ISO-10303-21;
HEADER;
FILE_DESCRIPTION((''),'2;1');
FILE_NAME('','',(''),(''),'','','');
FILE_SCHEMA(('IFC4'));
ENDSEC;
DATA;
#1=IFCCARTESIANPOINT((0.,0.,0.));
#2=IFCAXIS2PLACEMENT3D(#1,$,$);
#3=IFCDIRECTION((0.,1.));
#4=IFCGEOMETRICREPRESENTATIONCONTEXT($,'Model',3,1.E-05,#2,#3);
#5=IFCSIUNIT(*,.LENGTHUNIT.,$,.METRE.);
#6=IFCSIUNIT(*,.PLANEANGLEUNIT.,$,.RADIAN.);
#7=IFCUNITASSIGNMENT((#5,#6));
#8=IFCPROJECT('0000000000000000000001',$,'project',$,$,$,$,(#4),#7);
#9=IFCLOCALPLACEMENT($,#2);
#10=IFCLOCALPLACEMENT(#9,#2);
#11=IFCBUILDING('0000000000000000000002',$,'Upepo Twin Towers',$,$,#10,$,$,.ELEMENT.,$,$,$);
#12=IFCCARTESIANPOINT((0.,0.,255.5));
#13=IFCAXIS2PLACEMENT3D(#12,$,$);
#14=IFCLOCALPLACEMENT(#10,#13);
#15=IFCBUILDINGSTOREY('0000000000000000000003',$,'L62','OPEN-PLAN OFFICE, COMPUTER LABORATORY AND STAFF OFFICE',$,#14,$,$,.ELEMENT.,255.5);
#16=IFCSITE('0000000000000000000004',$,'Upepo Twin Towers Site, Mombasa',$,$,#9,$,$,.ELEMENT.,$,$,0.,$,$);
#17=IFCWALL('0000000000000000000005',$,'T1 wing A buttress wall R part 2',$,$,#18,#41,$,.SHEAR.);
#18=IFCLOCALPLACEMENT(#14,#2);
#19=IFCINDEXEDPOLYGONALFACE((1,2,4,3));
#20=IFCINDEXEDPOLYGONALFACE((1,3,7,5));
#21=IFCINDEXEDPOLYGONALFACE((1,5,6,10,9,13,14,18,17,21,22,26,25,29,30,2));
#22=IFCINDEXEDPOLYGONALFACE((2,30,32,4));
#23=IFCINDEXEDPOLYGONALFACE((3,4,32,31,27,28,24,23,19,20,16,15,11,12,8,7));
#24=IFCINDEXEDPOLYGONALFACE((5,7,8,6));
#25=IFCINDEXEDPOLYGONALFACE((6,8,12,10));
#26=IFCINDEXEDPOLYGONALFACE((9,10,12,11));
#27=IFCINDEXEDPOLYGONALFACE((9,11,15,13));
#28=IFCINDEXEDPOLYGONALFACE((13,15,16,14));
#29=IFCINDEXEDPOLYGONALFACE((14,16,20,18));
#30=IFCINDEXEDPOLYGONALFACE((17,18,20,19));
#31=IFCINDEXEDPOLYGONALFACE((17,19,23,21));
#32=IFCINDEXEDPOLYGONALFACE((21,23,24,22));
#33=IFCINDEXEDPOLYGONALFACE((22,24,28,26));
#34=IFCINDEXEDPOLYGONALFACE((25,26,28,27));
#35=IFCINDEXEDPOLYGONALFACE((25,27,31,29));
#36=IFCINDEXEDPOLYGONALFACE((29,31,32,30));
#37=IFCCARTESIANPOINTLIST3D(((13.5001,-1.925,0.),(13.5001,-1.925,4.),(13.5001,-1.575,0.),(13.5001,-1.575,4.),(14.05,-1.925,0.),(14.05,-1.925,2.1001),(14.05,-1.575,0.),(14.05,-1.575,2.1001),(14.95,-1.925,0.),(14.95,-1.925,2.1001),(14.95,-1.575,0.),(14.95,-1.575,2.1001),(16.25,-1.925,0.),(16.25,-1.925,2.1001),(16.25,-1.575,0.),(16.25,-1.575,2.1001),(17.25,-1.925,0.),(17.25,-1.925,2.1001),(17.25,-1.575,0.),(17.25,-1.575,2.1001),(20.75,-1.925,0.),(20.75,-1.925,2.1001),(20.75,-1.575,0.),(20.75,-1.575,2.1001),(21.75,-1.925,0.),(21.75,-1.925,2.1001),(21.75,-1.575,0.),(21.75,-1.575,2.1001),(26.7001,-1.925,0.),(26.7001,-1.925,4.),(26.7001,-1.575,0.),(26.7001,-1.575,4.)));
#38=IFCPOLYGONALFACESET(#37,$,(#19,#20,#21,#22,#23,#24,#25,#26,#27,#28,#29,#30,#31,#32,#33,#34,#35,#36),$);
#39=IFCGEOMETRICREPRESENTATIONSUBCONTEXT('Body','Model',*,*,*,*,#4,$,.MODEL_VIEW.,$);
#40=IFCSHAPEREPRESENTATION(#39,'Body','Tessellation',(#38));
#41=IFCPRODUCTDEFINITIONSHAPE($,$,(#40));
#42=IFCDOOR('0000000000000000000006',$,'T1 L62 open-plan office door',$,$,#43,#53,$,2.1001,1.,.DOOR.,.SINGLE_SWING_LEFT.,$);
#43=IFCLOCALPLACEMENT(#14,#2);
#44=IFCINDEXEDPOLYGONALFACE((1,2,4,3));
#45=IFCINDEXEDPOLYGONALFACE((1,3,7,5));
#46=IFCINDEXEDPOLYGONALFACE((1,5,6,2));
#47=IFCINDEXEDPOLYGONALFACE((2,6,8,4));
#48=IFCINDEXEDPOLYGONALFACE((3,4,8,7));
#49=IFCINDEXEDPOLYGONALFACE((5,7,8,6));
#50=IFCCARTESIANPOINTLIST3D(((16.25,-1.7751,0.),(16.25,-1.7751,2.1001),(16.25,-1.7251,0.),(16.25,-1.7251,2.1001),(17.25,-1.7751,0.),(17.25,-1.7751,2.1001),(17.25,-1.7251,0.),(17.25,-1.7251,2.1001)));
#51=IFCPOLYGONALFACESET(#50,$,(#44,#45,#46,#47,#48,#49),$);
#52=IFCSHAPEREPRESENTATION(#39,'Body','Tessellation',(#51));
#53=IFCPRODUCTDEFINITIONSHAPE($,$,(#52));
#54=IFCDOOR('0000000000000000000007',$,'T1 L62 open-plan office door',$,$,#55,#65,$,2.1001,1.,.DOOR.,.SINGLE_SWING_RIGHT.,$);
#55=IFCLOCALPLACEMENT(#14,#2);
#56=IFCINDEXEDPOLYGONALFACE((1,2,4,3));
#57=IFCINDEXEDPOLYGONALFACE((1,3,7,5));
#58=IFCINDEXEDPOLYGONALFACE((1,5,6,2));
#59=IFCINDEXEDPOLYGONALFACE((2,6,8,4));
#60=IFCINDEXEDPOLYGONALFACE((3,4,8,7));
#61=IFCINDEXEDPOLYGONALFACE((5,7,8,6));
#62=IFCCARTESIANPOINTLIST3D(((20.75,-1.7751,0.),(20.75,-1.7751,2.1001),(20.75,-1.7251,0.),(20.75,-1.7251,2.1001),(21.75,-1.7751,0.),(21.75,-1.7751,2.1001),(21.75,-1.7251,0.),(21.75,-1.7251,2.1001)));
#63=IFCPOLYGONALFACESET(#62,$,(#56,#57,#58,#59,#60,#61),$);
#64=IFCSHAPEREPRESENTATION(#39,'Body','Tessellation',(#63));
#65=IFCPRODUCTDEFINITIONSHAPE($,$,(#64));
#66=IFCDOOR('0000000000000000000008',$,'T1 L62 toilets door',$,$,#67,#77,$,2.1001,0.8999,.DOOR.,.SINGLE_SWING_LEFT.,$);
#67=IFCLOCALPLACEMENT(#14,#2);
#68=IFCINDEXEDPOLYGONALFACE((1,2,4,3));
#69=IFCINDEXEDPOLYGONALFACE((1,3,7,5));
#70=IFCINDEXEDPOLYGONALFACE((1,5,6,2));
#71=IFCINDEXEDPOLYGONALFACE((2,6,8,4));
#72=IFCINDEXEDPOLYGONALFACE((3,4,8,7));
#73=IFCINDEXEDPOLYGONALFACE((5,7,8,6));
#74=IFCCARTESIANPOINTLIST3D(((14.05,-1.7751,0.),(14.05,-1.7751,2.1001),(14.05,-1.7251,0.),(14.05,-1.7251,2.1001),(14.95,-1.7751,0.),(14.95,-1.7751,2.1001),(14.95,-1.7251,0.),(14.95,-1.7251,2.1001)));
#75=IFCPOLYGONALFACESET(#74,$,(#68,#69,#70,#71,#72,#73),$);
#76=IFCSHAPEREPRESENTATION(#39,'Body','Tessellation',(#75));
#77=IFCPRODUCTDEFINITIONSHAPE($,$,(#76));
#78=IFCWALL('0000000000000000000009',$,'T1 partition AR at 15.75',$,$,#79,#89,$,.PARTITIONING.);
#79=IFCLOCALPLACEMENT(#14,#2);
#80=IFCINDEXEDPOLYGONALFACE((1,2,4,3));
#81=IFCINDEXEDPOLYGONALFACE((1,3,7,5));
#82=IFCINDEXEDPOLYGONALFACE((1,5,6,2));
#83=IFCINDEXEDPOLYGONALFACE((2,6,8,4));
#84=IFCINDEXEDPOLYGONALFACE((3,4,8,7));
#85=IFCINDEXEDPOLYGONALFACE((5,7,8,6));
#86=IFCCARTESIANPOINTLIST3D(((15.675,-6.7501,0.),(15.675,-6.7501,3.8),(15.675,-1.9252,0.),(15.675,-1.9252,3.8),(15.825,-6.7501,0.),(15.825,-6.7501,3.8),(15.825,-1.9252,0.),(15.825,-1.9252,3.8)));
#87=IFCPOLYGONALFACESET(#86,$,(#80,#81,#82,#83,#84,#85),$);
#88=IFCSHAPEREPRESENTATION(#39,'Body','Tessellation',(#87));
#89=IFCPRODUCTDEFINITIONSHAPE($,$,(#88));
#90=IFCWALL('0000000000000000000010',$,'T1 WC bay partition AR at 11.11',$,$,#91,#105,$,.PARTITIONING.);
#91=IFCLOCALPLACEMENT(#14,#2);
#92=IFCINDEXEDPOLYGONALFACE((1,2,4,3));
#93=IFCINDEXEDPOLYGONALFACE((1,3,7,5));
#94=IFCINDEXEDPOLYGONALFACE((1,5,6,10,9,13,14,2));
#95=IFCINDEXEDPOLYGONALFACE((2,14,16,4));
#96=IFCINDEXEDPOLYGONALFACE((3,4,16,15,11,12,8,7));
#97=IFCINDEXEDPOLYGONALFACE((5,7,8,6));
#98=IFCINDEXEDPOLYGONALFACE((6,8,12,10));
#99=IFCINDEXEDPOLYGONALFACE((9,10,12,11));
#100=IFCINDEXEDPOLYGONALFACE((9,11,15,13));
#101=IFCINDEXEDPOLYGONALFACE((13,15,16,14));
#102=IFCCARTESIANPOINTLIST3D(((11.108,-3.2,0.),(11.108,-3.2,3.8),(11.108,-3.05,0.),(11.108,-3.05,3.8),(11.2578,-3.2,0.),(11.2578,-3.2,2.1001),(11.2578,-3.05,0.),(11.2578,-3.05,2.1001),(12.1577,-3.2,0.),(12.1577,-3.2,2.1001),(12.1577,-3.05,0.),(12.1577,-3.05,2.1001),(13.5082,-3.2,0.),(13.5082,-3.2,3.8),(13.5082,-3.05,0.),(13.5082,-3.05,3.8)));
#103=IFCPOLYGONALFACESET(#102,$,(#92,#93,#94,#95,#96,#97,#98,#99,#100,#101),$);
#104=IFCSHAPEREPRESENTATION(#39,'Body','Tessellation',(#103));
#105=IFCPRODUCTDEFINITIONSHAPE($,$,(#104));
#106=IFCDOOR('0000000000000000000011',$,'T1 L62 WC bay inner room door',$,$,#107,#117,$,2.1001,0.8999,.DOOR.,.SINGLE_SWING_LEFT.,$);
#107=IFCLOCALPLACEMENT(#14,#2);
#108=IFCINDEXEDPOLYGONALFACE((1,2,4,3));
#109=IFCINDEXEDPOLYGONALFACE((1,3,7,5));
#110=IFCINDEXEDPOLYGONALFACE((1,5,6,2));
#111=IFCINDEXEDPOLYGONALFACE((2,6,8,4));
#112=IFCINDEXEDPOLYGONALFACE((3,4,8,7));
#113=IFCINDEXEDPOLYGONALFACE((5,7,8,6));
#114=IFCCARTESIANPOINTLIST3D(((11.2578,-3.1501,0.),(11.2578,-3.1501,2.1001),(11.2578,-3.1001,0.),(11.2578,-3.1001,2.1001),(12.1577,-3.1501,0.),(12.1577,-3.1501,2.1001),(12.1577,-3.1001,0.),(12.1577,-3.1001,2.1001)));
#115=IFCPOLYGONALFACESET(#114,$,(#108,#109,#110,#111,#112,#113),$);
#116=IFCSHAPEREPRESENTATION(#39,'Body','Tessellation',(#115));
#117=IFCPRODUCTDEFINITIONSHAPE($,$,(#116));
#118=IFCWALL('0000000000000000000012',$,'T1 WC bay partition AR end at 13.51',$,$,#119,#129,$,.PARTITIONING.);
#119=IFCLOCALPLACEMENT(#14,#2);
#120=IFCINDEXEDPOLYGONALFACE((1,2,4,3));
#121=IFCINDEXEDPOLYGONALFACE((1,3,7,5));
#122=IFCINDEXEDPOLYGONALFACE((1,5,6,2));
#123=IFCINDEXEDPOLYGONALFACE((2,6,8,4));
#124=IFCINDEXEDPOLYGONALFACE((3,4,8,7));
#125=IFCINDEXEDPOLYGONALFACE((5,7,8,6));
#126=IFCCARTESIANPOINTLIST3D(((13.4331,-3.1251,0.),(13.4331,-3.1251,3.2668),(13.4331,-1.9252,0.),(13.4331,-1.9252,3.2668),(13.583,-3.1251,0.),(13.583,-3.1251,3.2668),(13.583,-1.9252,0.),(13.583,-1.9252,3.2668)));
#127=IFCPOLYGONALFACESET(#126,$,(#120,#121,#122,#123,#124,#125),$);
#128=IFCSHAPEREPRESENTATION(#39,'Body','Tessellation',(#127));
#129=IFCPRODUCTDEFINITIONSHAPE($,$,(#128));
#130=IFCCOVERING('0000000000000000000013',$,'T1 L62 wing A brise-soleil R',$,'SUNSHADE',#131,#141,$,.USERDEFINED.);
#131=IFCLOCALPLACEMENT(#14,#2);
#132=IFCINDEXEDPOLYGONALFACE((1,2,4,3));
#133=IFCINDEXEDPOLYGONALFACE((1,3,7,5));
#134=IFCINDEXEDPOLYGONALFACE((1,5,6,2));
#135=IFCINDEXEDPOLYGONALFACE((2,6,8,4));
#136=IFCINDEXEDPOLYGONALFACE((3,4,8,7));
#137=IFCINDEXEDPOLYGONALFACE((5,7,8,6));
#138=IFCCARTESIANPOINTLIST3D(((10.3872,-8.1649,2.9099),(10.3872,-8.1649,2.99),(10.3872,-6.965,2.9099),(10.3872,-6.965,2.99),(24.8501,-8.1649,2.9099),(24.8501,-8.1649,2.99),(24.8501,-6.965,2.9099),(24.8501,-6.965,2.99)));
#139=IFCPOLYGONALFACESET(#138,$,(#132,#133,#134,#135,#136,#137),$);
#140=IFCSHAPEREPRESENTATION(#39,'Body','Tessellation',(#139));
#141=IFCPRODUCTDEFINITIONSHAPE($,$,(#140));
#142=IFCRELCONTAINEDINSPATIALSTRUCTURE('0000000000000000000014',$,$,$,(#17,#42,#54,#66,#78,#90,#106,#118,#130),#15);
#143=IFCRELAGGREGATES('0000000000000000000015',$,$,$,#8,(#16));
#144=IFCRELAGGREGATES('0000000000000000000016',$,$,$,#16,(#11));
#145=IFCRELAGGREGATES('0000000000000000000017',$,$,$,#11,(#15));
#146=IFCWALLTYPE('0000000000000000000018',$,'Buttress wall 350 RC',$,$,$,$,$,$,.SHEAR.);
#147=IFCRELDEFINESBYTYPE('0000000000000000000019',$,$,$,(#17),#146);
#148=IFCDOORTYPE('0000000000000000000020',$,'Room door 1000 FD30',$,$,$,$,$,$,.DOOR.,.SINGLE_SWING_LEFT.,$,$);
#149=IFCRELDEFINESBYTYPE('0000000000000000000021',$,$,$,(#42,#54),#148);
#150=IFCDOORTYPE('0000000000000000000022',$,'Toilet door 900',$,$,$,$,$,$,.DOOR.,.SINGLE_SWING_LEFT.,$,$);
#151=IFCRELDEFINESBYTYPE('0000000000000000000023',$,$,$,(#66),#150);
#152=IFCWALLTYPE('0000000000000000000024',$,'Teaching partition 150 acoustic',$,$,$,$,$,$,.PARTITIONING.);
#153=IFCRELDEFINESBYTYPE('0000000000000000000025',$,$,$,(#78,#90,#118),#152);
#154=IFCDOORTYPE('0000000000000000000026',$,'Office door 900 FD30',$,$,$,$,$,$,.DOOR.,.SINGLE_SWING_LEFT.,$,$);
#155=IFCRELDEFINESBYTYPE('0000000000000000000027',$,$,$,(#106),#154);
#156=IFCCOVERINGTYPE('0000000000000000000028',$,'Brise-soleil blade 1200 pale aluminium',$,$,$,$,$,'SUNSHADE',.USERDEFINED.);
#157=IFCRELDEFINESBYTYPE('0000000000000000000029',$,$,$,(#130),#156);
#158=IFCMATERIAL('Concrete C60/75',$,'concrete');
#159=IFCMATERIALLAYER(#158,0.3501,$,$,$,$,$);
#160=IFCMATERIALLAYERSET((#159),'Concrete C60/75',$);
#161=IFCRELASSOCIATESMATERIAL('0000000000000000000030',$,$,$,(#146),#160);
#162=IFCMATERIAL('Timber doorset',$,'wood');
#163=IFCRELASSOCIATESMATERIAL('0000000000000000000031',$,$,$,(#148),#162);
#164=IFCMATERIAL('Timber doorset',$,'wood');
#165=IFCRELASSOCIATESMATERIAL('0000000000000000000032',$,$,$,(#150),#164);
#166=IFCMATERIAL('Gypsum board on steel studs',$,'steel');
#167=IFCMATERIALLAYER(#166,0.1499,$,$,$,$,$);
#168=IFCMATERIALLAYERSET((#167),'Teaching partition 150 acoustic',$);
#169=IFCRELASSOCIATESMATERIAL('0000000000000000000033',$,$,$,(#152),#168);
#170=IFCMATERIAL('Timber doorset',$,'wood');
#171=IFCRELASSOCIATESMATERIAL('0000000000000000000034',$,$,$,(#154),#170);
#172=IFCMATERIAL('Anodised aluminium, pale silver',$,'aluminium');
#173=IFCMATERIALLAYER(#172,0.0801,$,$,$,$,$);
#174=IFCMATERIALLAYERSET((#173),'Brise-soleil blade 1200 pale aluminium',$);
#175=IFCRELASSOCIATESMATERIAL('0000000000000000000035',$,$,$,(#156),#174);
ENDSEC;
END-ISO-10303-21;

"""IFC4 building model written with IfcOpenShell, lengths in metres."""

from ifc_helpers import new_model, si_unit, direction, frame, frame_2d, origin, origin_2d, place, context, subcontext, project, spatial, rectangle, extrude, material, layer, layer_set, type_object, element, fill, save


model = new_model("IFC4")

# Units and contexts
model_context = context("Model", 3, precision=1e-05, world=origin(), true_north=direction((0.0, 1.0)))
body_context = subcontext(model_context, "Body", "Model", "MODEL_VIEW")
ifc_project = project(units=[si_unit("LENGTHUNIT", "METRE"), si_unit("PLANEANGLEUNIT", "RADIAN")], contexts=[model_context])

# Site, building, storey
site_placement = place(None, origin())
site = spatial("IfcSite", under=ifc_project, at=site_placement, Name="Upepo Twin Towers Site, Mombasa", CompositionType="ELEMENT", RefElevation=0.0)
building_placement = place(site_placement, origin())
building = spatial("IfcBuilding", under=site, at=building_placement, Name="Upepo Twin Towers", CompositionType="ELEMENT")
storey_placement = place(building_placement, frame((0.0, 0.0, 255.5)))
storey = spatial("IfcBuildingStorey", under=building, at=storey_placement, Name="L62", Description="OPEN-PLAN OFFICE, COMPUTER LABORATORY AND STAFF OFFICE", CompositionType="ELEMENT", Elevation=255.5)

# Shared definitions
ifc_material_1 = material(Name="Concrete C60/75", Category="concrete")
ifc_layer_1 = layer(ifc_material_1, 0.3501)
ifc_layer_set_1 = layer_set([ifc_layer_1], Name="Concrete C60/75")
wall_type_1 = type_object("IfcWallType", Name="Buttress wall 350 RC", PredefinedType="SHEAR", material=ifc_layer_set_1)

# Wall, openings, doors
wall_1_placement = place(storey_placement, frame((13.5, -1.75, 0.0), z_axis=(0.0, 0.0, 1.0), x_axis=(1.0, 0.0, 0.0)))
wall_1 = element("IfcWall", 1, at=wall_1_placement, inside=storey, type_object=wall_type_1, Name="T1 wing A buttress wall R part 2", PredefinedType="SHEAR", context=body_context, shape_type="SweptSolid", body=[
    extrude(rectangle(XDim=13.2, YDim=0.3501, at=frame_2d((6.6001, 0.0))), origin(), (0.0, 0.0, 1.0), 4.0),
])
opening_1_placement = place(wall_1_placement, frame((0.55, 0.0, 0.0)))
opening_1 = element("IfcOpeningElement", 2, at=opening_1_placement, cuts=wall_1, PredefinedType="OPENING", context=body_context, shape_type="SweptSolid", body=[
    extrude(rectangle(XDim=0.8999, YDim=2.1001, at=frame_2d((0.45, 1.05))), frame((0.0, 0.1851, 0.0), z_axis=(0.0, -1.0, 0.0), x_axis=(1.0, 0.0, 0.0)), (0.0, 0.0, 1.0), 0.3701),
])
opening_2_placement = place(wall_1_placement, frame((2.75, 0.0, 0.0)))
opening_2 = element("IfcOpeningElement", 3, at=opening_2_placement, cuts=wall_1, PredefinedType="OPENING", context=body_context, shape_type="SweptSolid", body=[
    extrude(rectangle(XDim=1.0, YDim=2.1001, at=frame_2d((0.5, 1.05))), frame((0.0, 0.1851, 0.0), z_axis=(0.0, -1.0, 0.0), x_axis=(1.0, 0.0, 0.0)), (0.0, 0.0, 1.0), 0.3701),
])
opening_3_placement = place(wall_1_placement, frame((7.25, 0.0, 0.0)))
opening_3 = element("IfcOpeningElement", 4, at=opening_3_placement, cuts=wall_1, PredefinedType="OPENING", context=body_context, shape_type="SweptSolid", body=[
    extrude(rectangle(XDim=1.0, YDim=2.1001, at=frame_2d((0.5, 1.05))), frame((0.0, 0.1851, 0.0), z_axis=(0.0, -1.0, 0.0), x_axis=(1.0, 0.0, 0.0)), (0.0, 0.0, 1.0), 0.3701),
])
ifc_material_2 = material(Name="Timber doorset", Category="wood")
door_type_1 = type_object("IfcDoorType", Name="Room door 1000 FD30", OperationType="SINGLE_SWING_LEFT", PredefinedType="DOOR", material=ifc_material_2)
door_1_placement = place(opening_2_placement, origin())
door_1 = element("IfcDoor", 5, at=door_1_placement, inside=storey, type_object=door_type_1, Name="T1 L62 open-plan office door", OperationType="SINGLE_SWING_LEFT", OverallHeight=2.1001, OverallWidth=1.0, PredefinedType="DOOR", context=body_context, shape_type="SweptSolid", body=[
    extrude(rectangle(XDim=1.0, YDim=2.1001, at=frame_2d((0.5, 1.05))), frame((0.0, 0.0249, 0.0), z_axis=(0.0, -1.0, 0.0), x_axis=(1.0, 0.0, 0.0)), (0.0, 0.0, 1.0), 0.05),
])
fill(opening_2, door_1)
door_2_placement = place(opening_3_placement, origin())
door_2 = element("IfcDoor", 6, at=door_2_placement, inside=storey, type_object=door_type_1, Name="T1 L62 open-plan office door", OperationType="SINGLE_SWING_RIGHT", OverallHeight=2.1001, OverallWidth=1.0, PredefinedType="DOOR", context=body_context, shape_type="SweptSolid", body=[
    extrude(rectangle(XDim=1.0, YDim=2.1001, at=frame_2d((0.5, 1.05))), frame((0.0, 0.0249, 0.0), z_axis=(0.0, -1.0, 0.0), x_axis=(1.0, 0.0, 0.0)), (0.0, 0.0, 1.0), 0.05),
])
fill(opening_3, door_2)
ifc_material_3 = material(Name="Timber doorset", Category="wood")
door_type_2 = type_object("IfcDoorType", Name="Toilet door 900", OperationType="SINGLE_SWING_LEFT", PredefinedType="DOOR", material=ifc_material_3)
door_3_placement = place(opening_1_placement, origin())
door_3 = element("IfcDoor", 7, at=door_3_placement, inside=storey, type_object=door_type_2, Name="T1 L62 toilets door", OperationType="SINGLE_SWING_LEFT", OverallHeight=2.1001, OverallWidth=0.8999, PredefinedType="DOOR", context=body_context, shape_type="SweptSolid", body=[
    extrude(rectangle(XDim=0.8999, YDim=2.1001, at=frame_2d((0.45, 1.05))), frame((0.0, 0.0249, 0.0), z_axis=(0.0, -1.0, 0.0), x_axis=(1.0, 0.0, 0.0)), (0.0, 0.0, 1.0), 0.05),
])
fill(opening_1, door_3)

# Wall
ifc_material_4 = material(Name="Gypsum board on steel studs", Category="steel")
ifc_layer_2 = layer(ifc_material_4, 0.1499)
ifc_layer_set_2 = layer_set([ifc_layer_2], Name="Teaching partition 150 acoustic")
wall_type_2 = type_object("IfcWallType", Name="Teaching partition 150 acoustic", PredefinedType="PARTITIONING", material=ifc_layer_set_2)
wall_2_placement = place(storey_placement, frame((15.75, -1.925, 0.0), z_axis=(0.0, 0.0, 1.0), x_axis=(0.0, -1.0, 0.0)))
element("IfcWall", 8, at=wall_2_placement, inside=storey, type_object=wall_type_2, Name="T1 partition AR at 15.75", PredefinedType="PARTITIONING", context=body_context, shape_type="SweptSolid", body=[
    extrude(rectangle(XDim=4.825, YDim=0.1499, at=frame_2d((2.4126, 0.0))), origin(), (0.0, 0.0, 1.0), 3.8),
])

# Wall, opening, door
wall_3_placement = place(storey_placement, frame((11.1079, -3.125, 0.0), z_axis=(0.0, 0.0, 1.0), x_axis=(1.0, 0.0, 0.0)))
wall_3 = element("IfcWall", 9, at=wall_3_placement, inside=storey, type_object=wall_type_2, Name="T1 WC bay partition AR at 11.11", PredefinedType="PARTITIONING", context=body_context, shape_type="SweptSolid", body=[
    extrude(rectangle(XDim=2.4001, YDim=0.1499, at=frame_2d((1.2002, 0.0))), origin(), (0.0, 0.0, 1.0), 3.8),
])
opening_4_placement = place(wall_3_placement, frame((0.1499, 0.0, 0.0)))
opening_4 = element("IfcOpeningElement", 10, at=opening_4_placement, cuts=wall_3, PredefinedType="OPENING", context=body_context, shape_type="SweptSolid", body=[
    extrude(rectangle(XDim=0.8999, YDim=2.1001, at=frame_2d((0.45, 1.05))), frame((0.0, 0.085, 0.0), z_axis=(0.0, -1.0, 0.0), x_axis=(1.0, 0.0, 0.0)), (0.0, 0.0, 1.0), 0.1699),
])
ifc_material_5 = material(Name="Timber doorset", Category="wood")
door_type_3 = type_object("IfcDoorType", Name="Office door 900 FD30", OperationType="SINGLE_SWING_LEFT", PredefinedType="DOOR", material=ifc_material_5)
door_4_placement = place(opening_4_placement, origin())
door_4 = element("IfcDoor", 11, at=door_4_placement, inside=storey, type_object=door_type_3, Name="T1 L62 WC bay inner room door", OperationType="SINGLE_SWING_LEFT", OverallHeight=2.1001, OverallWidth=0.8999, PredefinedType="DOOR", context=body_context, shape_type="SweptSolid", body=[
    extrude(rectangle(XDim=0.8999, YDim=2.1001, at=frame_2d((0.45, 1.05))), frame((0.0, 0.0249, 0.0), z_axis=(0.0, -1.0, 0.0), x_axis=(1.0, 0.0, 0.0)), (0.0, 0.0, 1.0), 0.05),
])
fill(opening_4, door_4)

# Wall
wall_4_placement = place(storey_placement, frame((13.5081, -1.925, 0.0), z_axis=(0.0, 0.0, 1.0), x_axis=(0.0, -1.0, 0.0)))
element("IfcWall", 12, at=wall_4_placement, inside=storey, type_object=wall_type_2, Name="T1 WC bay partition AR end at 13.51", PredefinedType="PARTITIONING", context=body_context, shape_type="SweptSolid", body=[
    extrude(rectangle(XDim=1.2, YDim=0.1499, at=frame_2d((0.6001, 0.0))), origin(), (0.0, 0.0, 1.0), 3.2668),
])

# Covering
ifc_material_6 = material(Name="Anodised aluminium, pale silver", Category="aluminium")
ifc_layer_3 = layer(ifc_material_6, 0.0801)
ifc_layer_set_3 = layer_set([ifc_layer_3], Name="Brise-soleil blade 1200 pale aluminium")
covering_type = type_object("IfcCoveringType", Name="Brise-soleil blade 1200 pale aluminium", ElementType="SUNSHADE", PredefinedType="USERDEFINED", material=ifc_layer_set_3)
covering_placement = place(storey_placement, frame((17.6187, -7.5649, 2.9099), z_axis=(0.0, 0.0, 1.0), x_axis=(1.0, 0.0, 0.0)))
element("IfcCovering", 13, at=covering_placement, inside=storey, type_object=covering_type, Name="T1 L62 wing A brise-soleil R", ObjectType="SUNSHADE", PredefinedType="USERDEFINED", context=body_context, shape_type="SweptSolid", body=[
    extrude(rectangle(XDim=14.4629, YDim=1.2, at=origin_2d()), origin(), (0.0, 0.0, 1.0), 0.0801),
])

save(model, "model.ifc")
